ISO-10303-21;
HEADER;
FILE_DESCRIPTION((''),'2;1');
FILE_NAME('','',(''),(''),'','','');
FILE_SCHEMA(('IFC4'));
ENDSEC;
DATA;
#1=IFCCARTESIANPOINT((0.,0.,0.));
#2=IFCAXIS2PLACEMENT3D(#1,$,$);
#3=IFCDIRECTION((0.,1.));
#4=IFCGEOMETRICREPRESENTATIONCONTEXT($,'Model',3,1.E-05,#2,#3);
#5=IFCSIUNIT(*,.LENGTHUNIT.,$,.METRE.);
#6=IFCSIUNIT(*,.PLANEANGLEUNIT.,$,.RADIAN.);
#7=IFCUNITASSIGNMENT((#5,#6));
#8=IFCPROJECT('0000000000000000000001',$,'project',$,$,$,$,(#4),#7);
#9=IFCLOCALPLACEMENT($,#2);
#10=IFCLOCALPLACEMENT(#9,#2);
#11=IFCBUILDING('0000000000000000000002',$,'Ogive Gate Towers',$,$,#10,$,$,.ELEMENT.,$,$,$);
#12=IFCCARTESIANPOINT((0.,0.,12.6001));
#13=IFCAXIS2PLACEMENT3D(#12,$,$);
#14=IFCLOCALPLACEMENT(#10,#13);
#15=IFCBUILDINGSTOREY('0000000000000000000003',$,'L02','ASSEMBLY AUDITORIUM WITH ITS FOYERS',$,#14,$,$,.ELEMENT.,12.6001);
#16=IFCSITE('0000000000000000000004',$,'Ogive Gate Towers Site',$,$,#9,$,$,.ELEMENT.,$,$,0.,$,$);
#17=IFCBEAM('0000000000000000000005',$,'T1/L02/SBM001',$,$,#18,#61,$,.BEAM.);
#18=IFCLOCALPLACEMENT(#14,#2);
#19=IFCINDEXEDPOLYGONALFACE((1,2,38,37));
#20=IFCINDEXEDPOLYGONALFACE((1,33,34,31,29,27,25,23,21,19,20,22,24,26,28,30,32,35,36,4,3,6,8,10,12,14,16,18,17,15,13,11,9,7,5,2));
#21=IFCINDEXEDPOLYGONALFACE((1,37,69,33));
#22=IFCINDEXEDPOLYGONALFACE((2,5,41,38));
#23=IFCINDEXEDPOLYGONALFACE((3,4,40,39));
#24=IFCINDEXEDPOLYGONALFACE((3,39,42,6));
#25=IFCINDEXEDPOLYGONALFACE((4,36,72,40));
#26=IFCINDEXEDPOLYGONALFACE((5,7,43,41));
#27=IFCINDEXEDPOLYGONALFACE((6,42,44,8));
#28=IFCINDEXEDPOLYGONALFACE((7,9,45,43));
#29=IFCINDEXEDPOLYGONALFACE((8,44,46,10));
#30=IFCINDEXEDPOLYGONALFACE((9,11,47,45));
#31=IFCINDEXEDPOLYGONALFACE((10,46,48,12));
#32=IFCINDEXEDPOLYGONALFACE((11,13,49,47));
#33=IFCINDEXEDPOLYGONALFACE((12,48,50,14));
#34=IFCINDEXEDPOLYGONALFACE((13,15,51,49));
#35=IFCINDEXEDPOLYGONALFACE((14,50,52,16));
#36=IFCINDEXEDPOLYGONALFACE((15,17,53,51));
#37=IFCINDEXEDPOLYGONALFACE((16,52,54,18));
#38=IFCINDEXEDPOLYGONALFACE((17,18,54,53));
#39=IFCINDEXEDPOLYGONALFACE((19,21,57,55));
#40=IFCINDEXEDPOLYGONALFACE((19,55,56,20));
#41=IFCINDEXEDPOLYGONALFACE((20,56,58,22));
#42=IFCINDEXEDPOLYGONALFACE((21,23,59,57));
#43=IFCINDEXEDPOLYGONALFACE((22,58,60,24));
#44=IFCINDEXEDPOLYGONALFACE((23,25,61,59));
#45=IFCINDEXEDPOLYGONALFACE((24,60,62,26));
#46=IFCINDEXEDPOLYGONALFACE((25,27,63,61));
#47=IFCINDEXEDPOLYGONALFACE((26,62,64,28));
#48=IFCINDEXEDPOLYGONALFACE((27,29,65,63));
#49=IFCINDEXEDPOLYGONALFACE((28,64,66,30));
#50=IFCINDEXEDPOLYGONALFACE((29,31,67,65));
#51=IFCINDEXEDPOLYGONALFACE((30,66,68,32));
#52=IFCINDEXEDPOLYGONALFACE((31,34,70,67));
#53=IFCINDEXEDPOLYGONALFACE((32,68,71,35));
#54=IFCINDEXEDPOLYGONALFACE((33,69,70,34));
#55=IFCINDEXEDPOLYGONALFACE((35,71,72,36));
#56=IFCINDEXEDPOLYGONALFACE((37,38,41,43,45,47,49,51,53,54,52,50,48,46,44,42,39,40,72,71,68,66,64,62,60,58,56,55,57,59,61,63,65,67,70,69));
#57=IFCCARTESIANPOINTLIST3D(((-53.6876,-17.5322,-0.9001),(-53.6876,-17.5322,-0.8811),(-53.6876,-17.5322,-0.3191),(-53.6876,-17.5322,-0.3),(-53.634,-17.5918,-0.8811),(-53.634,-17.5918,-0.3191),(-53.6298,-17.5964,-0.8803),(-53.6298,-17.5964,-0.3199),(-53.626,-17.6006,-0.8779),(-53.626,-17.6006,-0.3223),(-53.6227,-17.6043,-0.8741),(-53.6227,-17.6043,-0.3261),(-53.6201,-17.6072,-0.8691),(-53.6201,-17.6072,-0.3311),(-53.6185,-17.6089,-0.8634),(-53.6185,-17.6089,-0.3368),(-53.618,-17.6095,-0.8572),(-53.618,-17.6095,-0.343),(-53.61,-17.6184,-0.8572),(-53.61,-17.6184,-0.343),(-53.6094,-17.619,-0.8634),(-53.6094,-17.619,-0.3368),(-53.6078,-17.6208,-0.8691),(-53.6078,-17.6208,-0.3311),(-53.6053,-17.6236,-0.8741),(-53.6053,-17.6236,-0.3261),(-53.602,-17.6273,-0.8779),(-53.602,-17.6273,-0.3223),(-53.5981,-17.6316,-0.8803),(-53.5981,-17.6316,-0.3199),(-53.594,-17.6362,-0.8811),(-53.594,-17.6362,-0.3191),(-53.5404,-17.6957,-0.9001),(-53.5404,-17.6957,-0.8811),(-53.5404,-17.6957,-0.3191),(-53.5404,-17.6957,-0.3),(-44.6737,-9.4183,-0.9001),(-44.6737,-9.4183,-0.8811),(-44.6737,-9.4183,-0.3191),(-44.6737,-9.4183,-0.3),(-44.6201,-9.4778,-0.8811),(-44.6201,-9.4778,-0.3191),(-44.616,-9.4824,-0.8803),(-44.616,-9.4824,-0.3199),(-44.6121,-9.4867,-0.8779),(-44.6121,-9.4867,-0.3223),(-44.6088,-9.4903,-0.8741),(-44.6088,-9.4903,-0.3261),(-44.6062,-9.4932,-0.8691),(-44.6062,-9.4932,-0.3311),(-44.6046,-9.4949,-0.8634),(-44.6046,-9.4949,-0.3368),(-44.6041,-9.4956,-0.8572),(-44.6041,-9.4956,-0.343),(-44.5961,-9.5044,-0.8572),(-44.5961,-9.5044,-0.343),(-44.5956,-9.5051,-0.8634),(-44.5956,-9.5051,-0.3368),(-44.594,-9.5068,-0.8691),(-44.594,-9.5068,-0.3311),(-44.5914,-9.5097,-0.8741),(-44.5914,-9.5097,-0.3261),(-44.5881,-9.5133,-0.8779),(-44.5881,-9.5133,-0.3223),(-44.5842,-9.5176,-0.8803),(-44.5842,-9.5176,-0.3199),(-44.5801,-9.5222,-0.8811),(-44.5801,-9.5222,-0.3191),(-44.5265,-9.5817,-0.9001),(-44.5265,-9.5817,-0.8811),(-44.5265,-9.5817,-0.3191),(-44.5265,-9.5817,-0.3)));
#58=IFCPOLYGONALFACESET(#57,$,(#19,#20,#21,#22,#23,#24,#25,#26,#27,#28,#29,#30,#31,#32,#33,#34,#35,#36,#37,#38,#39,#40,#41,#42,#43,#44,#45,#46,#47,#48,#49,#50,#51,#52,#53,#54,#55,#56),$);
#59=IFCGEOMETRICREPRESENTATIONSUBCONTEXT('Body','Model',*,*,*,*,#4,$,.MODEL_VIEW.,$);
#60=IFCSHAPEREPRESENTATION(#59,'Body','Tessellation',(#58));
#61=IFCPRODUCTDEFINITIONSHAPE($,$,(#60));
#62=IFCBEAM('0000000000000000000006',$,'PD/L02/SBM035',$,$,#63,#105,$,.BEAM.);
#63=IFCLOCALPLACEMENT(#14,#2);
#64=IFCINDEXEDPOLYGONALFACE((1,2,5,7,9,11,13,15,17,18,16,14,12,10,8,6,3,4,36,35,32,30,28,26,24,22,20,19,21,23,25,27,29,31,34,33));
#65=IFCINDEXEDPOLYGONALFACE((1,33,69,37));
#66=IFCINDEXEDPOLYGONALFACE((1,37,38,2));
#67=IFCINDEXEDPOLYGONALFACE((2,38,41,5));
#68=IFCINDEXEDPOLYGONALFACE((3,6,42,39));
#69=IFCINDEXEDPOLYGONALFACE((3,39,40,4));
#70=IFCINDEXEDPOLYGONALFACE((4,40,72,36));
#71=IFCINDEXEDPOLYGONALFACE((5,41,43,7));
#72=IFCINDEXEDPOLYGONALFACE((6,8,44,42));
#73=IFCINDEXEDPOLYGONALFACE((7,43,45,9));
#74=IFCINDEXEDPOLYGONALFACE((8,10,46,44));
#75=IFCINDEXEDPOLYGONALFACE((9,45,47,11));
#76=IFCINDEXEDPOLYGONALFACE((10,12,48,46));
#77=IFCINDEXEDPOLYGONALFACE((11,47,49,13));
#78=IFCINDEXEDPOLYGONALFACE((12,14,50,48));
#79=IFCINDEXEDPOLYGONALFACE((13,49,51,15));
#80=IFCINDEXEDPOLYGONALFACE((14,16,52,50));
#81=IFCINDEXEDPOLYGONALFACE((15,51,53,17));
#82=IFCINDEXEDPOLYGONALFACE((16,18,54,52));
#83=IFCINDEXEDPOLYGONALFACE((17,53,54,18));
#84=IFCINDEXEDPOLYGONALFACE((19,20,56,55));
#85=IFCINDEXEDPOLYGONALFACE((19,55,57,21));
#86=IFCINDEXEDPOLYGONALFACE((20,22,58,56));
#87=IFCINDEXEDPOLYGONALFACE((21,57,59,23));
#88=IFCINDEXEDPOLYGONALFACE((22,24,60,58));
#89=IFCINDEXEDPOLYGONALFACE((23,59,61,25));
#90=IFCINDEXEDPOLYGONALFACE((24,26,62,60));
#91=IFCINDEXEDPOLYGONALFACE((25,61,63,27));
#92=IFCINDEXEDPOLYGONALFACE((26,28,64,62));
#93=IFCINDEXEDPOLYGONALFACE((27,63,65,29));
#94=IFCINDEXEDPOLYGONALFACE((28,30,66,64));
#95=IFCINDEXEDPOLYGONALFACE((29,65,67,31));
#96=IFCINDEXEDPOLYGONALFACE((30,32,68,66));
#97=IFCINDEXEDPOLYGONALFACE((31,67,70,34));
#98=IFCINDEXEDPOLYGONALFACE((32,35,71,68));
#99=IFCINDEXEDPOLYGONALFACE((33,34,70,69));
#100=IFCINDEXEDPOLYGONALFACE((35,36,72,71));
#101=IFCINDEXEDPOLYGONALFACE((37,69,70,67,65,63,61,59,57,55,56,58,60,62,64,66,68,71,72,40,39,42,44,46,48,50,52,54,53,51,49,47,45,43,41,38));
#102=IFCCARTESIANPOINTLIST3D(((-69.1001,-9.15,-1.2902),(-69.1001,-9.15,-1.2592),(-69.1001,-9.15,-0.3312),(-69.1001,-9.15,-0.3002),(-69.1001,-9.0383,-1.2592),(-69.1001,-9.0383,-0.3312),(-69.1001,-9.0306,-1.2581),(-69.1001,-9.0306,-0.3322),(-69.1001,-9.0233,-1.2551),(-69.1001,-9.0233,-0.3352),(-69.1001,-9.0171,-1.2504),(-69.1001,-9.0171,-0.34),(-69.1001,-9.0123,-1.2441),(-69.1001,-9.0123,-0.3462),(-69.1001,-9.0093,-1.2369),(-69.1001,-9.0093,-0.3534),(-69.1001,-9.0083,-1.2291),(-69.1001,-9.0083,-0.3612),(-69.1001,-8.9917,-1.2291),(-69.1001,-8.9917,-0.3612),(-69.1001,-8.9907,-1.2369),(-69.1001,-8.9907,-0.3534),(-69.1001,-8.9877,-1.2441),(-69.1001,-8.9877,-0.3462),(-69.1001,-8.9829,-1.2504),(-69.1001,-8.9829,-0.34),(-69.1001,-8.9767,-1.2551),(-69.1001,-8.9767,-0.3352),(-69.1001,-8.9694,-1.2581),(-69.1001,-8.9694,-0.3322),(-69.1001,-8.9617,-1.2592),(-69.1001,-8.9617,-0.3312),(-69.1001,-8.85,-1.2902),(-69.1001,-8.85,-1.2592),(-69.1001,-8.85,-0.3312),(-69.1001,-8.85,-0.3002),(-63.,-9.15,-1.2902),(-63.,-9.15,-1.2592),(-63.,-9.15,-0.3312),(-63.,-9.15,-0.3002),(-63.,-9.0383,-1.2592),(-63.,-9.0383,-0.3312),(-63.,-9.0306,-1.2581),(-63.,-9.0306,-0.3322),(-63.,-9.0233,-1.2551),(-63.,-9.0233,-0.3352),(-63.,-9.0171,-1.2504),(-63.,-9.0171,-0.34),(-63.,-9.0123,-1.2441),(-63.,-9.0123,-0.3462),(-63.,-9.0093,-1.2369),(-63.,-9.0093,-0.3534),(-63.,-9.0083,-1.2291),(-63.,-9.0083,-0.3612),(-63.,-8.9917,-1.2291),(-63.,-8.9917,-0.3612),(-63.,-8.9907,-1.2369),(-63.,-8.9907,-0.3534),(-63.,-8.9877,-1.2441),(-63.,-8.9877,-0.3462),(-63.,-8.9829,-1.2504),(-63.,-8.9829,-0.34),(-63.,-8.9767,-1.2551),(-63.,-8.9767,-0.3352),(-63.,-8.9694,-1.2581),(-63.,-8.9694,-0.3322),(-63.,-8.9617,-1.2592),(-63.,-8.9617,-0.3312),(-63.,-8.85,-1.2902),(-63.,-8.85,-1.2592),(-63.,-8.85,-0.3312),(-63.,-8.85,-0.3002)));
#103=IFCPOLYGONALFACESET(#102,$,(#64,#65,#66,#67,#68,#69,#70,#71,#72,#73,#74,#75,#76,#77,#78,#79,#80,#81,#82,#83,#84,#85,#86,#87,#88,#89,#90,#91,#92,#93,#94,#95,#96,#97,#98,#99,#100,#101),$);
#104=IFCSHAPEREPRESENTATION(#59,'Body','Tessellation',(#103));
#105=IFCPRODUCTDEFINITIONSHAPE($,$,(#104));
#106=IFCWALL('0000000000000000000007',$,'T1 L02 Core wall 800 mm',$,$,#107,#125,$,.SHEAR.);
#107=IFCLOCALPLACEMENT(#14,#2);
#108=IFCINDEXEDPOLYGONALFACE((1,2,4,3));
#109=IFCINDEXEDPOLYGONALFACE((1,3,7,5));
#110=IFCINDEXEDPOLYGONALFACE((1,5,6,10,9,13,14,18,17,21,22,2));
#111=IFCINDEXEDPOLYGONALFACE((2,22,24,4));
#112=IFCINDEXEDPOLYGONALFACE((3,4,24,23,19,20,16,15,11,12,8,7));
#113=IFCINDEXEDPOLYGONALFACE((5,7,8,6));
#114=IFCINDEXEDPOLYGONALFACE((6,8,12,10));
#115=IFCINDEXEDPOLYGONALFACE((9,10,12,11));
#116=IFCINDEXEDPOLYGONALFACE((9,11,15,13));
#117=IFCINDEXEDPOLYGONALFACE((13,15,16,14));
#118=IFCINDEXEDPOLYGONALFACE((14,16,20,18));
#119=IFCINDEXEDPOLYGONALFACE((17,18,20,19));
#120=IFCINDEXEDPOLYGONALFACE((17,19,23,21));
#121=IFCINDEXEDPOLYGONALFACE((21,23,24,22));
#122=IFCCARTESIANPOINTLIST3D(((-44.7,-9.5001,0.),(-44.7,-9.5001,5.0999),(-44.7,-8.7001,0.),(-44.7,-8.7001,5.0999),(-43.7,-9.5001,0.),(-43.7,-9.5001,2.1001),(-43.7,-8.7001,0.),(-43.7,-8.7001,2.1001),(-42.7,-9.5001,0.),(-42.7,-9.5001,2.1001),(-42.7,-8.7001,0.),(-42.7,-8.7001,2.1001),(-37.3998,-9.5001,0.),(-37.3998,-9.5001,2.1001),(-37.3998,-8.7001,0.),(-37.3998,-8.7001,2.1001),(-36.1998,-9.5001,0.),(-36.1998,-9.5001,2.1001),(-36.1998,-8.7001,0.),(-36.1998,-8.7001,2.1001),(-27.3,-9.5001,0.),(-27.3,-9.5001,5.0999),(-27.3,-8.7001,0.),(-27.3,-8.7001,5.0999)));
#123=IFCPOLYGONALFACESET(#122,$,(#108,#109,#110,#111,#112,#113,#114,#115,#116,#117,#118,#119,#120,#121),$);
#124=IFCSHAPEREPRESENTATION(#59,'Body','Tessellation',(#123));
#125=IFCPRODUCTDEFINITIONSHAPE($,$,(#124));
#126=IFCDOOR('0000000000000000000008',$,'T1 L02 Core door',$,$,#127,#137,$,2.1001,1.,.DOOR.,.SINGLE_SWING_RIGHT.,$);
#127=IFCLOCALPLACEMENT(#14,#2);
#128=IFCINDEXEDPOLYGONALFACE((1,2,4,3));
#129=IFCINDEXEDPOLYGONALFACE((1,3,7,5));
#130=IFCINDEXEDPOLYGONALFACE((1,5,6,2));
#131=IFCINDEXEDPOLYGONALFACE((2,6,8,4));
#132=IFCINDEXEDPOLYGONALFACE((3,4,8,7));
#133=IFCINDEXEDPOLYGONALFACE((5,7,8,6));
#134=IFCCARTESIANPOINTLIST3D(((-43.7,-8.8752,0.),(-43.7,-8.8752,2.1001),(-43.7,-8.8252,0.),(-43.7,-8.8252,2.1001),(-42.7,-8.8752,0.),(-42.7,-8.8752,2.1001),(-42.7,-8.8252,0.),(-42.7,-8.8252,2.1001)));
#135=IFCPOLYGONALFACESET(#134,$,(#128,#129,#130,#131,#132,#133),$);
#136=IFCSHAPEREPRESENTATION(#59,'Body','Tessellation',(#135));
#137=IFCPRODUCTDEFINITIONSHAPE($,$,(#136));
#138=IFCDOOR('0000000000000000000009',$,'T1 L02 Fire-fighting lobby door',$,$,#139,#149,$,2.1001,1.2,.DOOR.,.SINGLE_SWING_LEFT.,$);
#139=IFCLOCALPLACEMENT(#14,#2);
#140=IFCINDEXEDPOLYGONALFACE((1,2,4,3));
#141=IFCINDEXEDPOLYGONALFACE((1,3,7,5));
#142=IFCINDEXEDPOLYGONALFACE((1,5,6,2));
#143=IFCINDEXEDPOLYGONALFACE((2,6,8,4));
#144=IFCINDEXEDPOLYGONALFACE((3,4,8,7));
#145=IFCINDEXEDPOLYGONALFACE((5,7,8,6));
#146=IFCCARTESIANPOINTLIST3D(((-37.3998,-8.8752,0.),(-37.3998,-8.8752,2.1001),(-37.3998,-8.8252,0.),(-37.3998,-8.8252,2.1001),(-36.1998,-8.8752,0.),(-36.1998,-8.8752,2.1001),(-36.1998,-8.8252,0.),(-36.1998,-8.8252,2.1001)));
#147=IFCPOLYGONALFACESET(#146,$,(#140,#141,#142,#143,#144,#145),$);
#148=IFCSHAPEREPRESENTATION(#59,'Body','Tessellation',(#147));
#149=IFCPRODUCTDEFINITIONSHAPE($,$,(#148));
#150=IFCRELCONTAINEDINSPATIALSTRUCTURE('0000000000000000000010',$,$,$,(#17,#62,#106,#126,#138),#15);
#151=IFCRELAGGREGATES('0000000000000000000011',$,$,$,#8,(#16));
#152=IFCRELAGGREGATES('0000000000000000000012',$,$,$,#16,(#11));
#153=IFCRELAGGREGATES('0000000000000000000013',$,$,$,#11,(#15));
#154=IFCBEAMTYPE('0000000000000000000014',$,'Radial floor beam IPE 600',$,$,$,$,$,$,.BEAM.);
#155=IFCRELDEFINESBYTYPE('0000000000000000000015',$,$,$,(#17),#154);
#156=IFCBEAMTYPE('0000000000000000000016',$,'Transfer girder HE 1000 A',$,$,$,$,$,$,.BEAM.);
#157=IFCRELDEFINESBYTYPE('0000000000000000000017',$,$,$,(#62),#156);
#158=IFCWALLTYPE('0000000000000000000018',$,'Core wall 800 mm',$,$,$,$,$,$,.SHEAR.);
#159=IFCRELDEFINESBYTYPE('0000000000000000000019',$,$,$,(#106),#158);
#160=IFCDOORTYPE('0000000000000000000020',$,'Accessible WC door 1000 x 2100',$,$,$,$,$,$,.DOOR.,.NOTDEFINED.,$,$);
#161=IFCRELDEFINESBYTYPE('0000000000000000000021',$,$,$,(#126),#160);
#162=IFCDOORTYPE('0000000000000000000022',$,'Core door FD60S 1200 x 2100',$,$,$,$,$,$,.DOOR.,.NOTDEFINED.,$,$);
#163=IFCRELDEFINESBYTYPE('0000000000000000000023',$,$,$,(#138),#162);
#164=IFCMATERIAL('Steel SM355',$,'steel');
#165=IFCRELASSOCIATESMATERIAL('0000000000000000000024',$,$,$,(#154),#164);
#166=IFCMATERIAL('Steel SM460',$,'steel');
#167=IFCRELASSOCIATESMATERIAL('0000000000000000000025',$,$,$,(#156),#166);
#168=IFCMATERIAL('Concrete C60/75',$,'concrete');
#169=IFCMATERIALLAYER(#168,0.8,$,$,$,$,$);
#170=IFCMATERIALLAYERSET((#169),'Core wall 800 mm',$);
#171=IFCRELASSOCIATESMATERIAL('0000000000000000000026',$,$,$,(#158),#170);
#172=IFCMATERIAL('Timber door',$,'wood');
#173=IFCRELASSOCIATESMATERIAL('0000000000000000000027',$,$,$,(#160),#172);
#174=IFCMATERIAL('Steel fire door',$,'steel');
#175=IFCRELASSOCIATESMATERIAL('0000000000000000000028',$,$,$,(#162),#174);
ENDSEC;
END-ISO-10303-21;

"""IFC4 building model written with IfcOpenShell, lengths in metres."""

from ifc_helpers import new_model, si_unit, direction, frame, frame_2d, origin, origin_2d, place, context, subcontext, project, spatial, rectangle, i_section, extrude, material, layer, layer_set, material_profile, profile_set, type_object, element, fill, save


model = new_model("IFC4")

# Units and contexts
model_context = context("Model", 3, precision=1e-05, world=origin(), true_north=direction((0.0, 1.0)))
body_context = subcontext(model_context, "Body", "Model", "MODEL_VIEW")
ifc_project = project(units=[si_unit("LENGTHUNIT", "METRE"), si_unit("PLANEANGLEUNIT", "RADIAN")], contexts=[model_context])

# Site, building, storey
site_placement = place(None, origin())
site = spatial("IfcSite", under=ifc_project, at=site_placement, Name="Ogive Gate Towers Site", CompositionType="ELEMENT", RefElevation=0.0)
building_placement = place(site_placement, origin())
building = spatial("IfcBuilding", under=site, at=building_placement, Name="Ogive Gate Towers", CompositionType="ELEMENT")
storey_placement = place(building_placement, frame((0.0, 0.0, 12.6001)))
storey = spatial("IfcBuildingStorey", under=building, at=storey_placement, Name="L02", Description="ASSEMBLY AUDITORIUM WITH ITS FOYERS", CompositionType="ELEMENT", Elevation=12.6001)

# Beams
ifc_material_1 = material(Name="Steel SM460", Category="steel")
ifc_material_2 = material(Name="Steel SM355", Category="steel")
ifc_material_profile_1 = material_profile(ifc_material_2, i_section(OverallWidth=0.22, OverallDepth=0.6001, WebThickness=0.012, FlangeThickness=0.019, FilletRadius=0.0239, at=origin_2d()), Name="IPE 600")
ifc_profile_set_1 = profile_set([ifc_material_profile_1], Name="Steel SM355")
beam_type_1 = type_object("IfcBeamType", Name="Radial floor beam IPE 600", PredefinedType="BEAM", material=ifc_profile_set_1)
beam_1_placement = place(storey_placement, frame((-44.6001, -9.5, -0.6001), z_axis=(-0.743233, -0.669033, 0.0), x_axis=(0.669033, -0.743233, 0.0)))
element("IfcBeam", 1, at=beam_1_placement, inside=storey, type_object=beam_type_1, Name="T1/L02/SBM001", PredefinedType="BEAM", context=body_context, shape_type="SweptSolid", body=[
    extrude(i_section(OverallWidth=0.22, OverallDepth=0.6001, WebThickness=0.012, FlangeThickness=0.019, FilletRadius=0.0239, at=origin_2d()), origin(), (0.0, 0.0, 1.0), 12.1279),
])
ifc_material_profile_2 = material_profile(ifc_material_1, i_section(OverallWidth=0.3, OverallDepth=0.99, WebThickness=0.0166, FlangeThickness=0.031, FilletRadius=0.03, at=origin_2d()), Name="HE 1000 A")
ifc_profile_set_2 = profile_set([ifc_material_profile_2], Name="Steel SM460")
beam_type_2 = type_object("IfcBeamType", Name="Transfer girder HE 1000 A", PredefinedType="BEAM", material=ifc_profile_set_2)
beam_2_placement = place(storey_placement, frame((-69.1001, -9.0, -0.7952), z_axis=(1.0, 0.0, 0.0), x_axis=(0.0, 1.0, 0.0)))
element("IfcBeam", 2, at=beam_2_placement, inside=storey, type_object=beam_type_2, Name="PD/L02/SBM035", PredefinedType="BEAM", context=body_context, shape_type="SweptSolid", body=[
    extrude(i_section(OverallWidth=0.3, OverallDepth=0.99, WebThickness=0.0166, FlangeThickness=0.031, FilletRadius=0.03, at=origin_2d()), origin(), (0.0, 0.0, 1.0), 6.1001),
])

# Wall, openings, doors
ifc_material_3 = material(Name="Concrete C60/75", Category="concrete")
ifc_layer_1 = layer(ifc_material_3, 0.8)
ifc_layer_set_1 = layer_set([ifc_layer_1], Name="Core wall 800 mm")
wall_type_1 = type_object("IfcWallType", Name="Core wall 800 mm", PredefinedType="SHEAR", material=ifc_layer_set_1)
wall_1_placement = place(storey_placement, frame((-44.7, -9.1001, 0.0), z_axis=(0.0, 0.0, 1.0), x_axis=(1.0, 0.0, 0.0)))
wall_1 = element("IfcWall", 3, at=wall_1_placement, inside=storey, type_object=wall_type_1, Name="T1 L02 Core wall 800 mm", PredefinedType="SHEAR", context=body_context, shape_type="SweptSolid", body=[
    extrude(rectangle(XDim=17.3999, YDim=0.8, at=frame_2d((8.7, 0.0))), origin(), (0.0, 0.0, 1.0), 5.0999),
])
opening_1_placement = place(wall_1_placement, frame((7.3, 0.0, 0.0)))
opening_1 = element("IfcOpeningElement", 4, at=opening_1_placement, cuts=wall_1, PredefinedType="OPENING", context=body_context, shape_type="SweptSolid", body=[
    extrude(rectangle(XDim=1.2, YDim=2.1001, at=frame_2d((0.6001, 1.05))), frame((0.0, 0.4102, 0.0), z_axis=(0.0, -1.0, 0.0), x_axis=(1.0, 0.0, 0.0)), (0.0, 0.0, 1.0), 0.8201),
])
opening_2_placement = place(wall_1_placement, frame((1.0, 0.0, 0.0)))
opening_2 = element("IfcOpeningElement", 5, at=opening_2_placement, cuts=wall_1, PredefinedType="OPENING", context=body_context, shape_type="SweptSolid", body=[
    extrude(rectangle(XDim=1.0, YDim=2.1001, at=frame_2d((0.5, 1.05))), frame((0.0, 0.4102, 0.0), z_axis=(0.0, -1.0, 0.0), x_axis=(1.0, 0.0, 0.0)), (0.0, 0.0, 1.0), 0.8201),
])
ifc_material_4 = material(Name="Timber door", Category="wood")
door_type_1 = type_object("IfcDoorType", Name="Accessible WC door 1000 x 2100", OperationType="NOTDEFINED", PredefinedType="DOOR", material=ifc_material_4)
door_1_placement = place(opening_2_placement, origin())
door_1 = element("IfcDoor", 6, at=door_1_placement, inside=storey, type_object=door_type_1, Name="T1 L02 Core door", OperationType="SINGLE_SWING_RIGHT", OverallHeight=2.1001, OverallWidth=1.0, PredefinedType="DOOR", context=body_context, shape_type="SweptSolid", body=[
    extrude(rectangle(XDim=1.0, YDim=2.1001, at=frame_2d((0.5, 1.05))), frame((0.0, 0.2749, 0.0), z_axis=(0.0, -1.0, 0.0), x_axis=(1.0, 0.0, 0.0)), (0.0, 0.0, 1.0), 0.05),
])
fill(opening_2, door_1)
ifc_material_5 = material(Name="Steel fire door", Category="steel")
door_type_2 = type_object("IfcDoorType", Name="Core door FD60S 1200 x 2100", OperationType="NOTDEFINED", PredefinedType="DOOR", material=ifc_material_5)
door_2_placement = place(opening_1_placement, origin())
door_2 = element("IfcDoor", 7, at=door_2_placement, inside=storey, type_object=door_type_2, Name="T1 L02 Fire-fighting lobby door", OperationType="SINGLE_SWING_LEFT", OverallHeight=2.1001, OverallWidth=1.2, PredefinedType="DOOR", context=body_context, shape_type="SweptSolid", body=[
    extrude(rectangle(XDim=1.2, YDim=2.1001, at=frame_2d((0.6001, 1.05))), frame((0.0, 0.2749, 0.0), z_axis=(0.0, -1.0, 0.0), x_axis=(1.0, 0.0, 0.0)), (0.0, 0.0, 1.0), 0.05),
])
fill(opening_1, door_2)

save(model, "model.ifc")
